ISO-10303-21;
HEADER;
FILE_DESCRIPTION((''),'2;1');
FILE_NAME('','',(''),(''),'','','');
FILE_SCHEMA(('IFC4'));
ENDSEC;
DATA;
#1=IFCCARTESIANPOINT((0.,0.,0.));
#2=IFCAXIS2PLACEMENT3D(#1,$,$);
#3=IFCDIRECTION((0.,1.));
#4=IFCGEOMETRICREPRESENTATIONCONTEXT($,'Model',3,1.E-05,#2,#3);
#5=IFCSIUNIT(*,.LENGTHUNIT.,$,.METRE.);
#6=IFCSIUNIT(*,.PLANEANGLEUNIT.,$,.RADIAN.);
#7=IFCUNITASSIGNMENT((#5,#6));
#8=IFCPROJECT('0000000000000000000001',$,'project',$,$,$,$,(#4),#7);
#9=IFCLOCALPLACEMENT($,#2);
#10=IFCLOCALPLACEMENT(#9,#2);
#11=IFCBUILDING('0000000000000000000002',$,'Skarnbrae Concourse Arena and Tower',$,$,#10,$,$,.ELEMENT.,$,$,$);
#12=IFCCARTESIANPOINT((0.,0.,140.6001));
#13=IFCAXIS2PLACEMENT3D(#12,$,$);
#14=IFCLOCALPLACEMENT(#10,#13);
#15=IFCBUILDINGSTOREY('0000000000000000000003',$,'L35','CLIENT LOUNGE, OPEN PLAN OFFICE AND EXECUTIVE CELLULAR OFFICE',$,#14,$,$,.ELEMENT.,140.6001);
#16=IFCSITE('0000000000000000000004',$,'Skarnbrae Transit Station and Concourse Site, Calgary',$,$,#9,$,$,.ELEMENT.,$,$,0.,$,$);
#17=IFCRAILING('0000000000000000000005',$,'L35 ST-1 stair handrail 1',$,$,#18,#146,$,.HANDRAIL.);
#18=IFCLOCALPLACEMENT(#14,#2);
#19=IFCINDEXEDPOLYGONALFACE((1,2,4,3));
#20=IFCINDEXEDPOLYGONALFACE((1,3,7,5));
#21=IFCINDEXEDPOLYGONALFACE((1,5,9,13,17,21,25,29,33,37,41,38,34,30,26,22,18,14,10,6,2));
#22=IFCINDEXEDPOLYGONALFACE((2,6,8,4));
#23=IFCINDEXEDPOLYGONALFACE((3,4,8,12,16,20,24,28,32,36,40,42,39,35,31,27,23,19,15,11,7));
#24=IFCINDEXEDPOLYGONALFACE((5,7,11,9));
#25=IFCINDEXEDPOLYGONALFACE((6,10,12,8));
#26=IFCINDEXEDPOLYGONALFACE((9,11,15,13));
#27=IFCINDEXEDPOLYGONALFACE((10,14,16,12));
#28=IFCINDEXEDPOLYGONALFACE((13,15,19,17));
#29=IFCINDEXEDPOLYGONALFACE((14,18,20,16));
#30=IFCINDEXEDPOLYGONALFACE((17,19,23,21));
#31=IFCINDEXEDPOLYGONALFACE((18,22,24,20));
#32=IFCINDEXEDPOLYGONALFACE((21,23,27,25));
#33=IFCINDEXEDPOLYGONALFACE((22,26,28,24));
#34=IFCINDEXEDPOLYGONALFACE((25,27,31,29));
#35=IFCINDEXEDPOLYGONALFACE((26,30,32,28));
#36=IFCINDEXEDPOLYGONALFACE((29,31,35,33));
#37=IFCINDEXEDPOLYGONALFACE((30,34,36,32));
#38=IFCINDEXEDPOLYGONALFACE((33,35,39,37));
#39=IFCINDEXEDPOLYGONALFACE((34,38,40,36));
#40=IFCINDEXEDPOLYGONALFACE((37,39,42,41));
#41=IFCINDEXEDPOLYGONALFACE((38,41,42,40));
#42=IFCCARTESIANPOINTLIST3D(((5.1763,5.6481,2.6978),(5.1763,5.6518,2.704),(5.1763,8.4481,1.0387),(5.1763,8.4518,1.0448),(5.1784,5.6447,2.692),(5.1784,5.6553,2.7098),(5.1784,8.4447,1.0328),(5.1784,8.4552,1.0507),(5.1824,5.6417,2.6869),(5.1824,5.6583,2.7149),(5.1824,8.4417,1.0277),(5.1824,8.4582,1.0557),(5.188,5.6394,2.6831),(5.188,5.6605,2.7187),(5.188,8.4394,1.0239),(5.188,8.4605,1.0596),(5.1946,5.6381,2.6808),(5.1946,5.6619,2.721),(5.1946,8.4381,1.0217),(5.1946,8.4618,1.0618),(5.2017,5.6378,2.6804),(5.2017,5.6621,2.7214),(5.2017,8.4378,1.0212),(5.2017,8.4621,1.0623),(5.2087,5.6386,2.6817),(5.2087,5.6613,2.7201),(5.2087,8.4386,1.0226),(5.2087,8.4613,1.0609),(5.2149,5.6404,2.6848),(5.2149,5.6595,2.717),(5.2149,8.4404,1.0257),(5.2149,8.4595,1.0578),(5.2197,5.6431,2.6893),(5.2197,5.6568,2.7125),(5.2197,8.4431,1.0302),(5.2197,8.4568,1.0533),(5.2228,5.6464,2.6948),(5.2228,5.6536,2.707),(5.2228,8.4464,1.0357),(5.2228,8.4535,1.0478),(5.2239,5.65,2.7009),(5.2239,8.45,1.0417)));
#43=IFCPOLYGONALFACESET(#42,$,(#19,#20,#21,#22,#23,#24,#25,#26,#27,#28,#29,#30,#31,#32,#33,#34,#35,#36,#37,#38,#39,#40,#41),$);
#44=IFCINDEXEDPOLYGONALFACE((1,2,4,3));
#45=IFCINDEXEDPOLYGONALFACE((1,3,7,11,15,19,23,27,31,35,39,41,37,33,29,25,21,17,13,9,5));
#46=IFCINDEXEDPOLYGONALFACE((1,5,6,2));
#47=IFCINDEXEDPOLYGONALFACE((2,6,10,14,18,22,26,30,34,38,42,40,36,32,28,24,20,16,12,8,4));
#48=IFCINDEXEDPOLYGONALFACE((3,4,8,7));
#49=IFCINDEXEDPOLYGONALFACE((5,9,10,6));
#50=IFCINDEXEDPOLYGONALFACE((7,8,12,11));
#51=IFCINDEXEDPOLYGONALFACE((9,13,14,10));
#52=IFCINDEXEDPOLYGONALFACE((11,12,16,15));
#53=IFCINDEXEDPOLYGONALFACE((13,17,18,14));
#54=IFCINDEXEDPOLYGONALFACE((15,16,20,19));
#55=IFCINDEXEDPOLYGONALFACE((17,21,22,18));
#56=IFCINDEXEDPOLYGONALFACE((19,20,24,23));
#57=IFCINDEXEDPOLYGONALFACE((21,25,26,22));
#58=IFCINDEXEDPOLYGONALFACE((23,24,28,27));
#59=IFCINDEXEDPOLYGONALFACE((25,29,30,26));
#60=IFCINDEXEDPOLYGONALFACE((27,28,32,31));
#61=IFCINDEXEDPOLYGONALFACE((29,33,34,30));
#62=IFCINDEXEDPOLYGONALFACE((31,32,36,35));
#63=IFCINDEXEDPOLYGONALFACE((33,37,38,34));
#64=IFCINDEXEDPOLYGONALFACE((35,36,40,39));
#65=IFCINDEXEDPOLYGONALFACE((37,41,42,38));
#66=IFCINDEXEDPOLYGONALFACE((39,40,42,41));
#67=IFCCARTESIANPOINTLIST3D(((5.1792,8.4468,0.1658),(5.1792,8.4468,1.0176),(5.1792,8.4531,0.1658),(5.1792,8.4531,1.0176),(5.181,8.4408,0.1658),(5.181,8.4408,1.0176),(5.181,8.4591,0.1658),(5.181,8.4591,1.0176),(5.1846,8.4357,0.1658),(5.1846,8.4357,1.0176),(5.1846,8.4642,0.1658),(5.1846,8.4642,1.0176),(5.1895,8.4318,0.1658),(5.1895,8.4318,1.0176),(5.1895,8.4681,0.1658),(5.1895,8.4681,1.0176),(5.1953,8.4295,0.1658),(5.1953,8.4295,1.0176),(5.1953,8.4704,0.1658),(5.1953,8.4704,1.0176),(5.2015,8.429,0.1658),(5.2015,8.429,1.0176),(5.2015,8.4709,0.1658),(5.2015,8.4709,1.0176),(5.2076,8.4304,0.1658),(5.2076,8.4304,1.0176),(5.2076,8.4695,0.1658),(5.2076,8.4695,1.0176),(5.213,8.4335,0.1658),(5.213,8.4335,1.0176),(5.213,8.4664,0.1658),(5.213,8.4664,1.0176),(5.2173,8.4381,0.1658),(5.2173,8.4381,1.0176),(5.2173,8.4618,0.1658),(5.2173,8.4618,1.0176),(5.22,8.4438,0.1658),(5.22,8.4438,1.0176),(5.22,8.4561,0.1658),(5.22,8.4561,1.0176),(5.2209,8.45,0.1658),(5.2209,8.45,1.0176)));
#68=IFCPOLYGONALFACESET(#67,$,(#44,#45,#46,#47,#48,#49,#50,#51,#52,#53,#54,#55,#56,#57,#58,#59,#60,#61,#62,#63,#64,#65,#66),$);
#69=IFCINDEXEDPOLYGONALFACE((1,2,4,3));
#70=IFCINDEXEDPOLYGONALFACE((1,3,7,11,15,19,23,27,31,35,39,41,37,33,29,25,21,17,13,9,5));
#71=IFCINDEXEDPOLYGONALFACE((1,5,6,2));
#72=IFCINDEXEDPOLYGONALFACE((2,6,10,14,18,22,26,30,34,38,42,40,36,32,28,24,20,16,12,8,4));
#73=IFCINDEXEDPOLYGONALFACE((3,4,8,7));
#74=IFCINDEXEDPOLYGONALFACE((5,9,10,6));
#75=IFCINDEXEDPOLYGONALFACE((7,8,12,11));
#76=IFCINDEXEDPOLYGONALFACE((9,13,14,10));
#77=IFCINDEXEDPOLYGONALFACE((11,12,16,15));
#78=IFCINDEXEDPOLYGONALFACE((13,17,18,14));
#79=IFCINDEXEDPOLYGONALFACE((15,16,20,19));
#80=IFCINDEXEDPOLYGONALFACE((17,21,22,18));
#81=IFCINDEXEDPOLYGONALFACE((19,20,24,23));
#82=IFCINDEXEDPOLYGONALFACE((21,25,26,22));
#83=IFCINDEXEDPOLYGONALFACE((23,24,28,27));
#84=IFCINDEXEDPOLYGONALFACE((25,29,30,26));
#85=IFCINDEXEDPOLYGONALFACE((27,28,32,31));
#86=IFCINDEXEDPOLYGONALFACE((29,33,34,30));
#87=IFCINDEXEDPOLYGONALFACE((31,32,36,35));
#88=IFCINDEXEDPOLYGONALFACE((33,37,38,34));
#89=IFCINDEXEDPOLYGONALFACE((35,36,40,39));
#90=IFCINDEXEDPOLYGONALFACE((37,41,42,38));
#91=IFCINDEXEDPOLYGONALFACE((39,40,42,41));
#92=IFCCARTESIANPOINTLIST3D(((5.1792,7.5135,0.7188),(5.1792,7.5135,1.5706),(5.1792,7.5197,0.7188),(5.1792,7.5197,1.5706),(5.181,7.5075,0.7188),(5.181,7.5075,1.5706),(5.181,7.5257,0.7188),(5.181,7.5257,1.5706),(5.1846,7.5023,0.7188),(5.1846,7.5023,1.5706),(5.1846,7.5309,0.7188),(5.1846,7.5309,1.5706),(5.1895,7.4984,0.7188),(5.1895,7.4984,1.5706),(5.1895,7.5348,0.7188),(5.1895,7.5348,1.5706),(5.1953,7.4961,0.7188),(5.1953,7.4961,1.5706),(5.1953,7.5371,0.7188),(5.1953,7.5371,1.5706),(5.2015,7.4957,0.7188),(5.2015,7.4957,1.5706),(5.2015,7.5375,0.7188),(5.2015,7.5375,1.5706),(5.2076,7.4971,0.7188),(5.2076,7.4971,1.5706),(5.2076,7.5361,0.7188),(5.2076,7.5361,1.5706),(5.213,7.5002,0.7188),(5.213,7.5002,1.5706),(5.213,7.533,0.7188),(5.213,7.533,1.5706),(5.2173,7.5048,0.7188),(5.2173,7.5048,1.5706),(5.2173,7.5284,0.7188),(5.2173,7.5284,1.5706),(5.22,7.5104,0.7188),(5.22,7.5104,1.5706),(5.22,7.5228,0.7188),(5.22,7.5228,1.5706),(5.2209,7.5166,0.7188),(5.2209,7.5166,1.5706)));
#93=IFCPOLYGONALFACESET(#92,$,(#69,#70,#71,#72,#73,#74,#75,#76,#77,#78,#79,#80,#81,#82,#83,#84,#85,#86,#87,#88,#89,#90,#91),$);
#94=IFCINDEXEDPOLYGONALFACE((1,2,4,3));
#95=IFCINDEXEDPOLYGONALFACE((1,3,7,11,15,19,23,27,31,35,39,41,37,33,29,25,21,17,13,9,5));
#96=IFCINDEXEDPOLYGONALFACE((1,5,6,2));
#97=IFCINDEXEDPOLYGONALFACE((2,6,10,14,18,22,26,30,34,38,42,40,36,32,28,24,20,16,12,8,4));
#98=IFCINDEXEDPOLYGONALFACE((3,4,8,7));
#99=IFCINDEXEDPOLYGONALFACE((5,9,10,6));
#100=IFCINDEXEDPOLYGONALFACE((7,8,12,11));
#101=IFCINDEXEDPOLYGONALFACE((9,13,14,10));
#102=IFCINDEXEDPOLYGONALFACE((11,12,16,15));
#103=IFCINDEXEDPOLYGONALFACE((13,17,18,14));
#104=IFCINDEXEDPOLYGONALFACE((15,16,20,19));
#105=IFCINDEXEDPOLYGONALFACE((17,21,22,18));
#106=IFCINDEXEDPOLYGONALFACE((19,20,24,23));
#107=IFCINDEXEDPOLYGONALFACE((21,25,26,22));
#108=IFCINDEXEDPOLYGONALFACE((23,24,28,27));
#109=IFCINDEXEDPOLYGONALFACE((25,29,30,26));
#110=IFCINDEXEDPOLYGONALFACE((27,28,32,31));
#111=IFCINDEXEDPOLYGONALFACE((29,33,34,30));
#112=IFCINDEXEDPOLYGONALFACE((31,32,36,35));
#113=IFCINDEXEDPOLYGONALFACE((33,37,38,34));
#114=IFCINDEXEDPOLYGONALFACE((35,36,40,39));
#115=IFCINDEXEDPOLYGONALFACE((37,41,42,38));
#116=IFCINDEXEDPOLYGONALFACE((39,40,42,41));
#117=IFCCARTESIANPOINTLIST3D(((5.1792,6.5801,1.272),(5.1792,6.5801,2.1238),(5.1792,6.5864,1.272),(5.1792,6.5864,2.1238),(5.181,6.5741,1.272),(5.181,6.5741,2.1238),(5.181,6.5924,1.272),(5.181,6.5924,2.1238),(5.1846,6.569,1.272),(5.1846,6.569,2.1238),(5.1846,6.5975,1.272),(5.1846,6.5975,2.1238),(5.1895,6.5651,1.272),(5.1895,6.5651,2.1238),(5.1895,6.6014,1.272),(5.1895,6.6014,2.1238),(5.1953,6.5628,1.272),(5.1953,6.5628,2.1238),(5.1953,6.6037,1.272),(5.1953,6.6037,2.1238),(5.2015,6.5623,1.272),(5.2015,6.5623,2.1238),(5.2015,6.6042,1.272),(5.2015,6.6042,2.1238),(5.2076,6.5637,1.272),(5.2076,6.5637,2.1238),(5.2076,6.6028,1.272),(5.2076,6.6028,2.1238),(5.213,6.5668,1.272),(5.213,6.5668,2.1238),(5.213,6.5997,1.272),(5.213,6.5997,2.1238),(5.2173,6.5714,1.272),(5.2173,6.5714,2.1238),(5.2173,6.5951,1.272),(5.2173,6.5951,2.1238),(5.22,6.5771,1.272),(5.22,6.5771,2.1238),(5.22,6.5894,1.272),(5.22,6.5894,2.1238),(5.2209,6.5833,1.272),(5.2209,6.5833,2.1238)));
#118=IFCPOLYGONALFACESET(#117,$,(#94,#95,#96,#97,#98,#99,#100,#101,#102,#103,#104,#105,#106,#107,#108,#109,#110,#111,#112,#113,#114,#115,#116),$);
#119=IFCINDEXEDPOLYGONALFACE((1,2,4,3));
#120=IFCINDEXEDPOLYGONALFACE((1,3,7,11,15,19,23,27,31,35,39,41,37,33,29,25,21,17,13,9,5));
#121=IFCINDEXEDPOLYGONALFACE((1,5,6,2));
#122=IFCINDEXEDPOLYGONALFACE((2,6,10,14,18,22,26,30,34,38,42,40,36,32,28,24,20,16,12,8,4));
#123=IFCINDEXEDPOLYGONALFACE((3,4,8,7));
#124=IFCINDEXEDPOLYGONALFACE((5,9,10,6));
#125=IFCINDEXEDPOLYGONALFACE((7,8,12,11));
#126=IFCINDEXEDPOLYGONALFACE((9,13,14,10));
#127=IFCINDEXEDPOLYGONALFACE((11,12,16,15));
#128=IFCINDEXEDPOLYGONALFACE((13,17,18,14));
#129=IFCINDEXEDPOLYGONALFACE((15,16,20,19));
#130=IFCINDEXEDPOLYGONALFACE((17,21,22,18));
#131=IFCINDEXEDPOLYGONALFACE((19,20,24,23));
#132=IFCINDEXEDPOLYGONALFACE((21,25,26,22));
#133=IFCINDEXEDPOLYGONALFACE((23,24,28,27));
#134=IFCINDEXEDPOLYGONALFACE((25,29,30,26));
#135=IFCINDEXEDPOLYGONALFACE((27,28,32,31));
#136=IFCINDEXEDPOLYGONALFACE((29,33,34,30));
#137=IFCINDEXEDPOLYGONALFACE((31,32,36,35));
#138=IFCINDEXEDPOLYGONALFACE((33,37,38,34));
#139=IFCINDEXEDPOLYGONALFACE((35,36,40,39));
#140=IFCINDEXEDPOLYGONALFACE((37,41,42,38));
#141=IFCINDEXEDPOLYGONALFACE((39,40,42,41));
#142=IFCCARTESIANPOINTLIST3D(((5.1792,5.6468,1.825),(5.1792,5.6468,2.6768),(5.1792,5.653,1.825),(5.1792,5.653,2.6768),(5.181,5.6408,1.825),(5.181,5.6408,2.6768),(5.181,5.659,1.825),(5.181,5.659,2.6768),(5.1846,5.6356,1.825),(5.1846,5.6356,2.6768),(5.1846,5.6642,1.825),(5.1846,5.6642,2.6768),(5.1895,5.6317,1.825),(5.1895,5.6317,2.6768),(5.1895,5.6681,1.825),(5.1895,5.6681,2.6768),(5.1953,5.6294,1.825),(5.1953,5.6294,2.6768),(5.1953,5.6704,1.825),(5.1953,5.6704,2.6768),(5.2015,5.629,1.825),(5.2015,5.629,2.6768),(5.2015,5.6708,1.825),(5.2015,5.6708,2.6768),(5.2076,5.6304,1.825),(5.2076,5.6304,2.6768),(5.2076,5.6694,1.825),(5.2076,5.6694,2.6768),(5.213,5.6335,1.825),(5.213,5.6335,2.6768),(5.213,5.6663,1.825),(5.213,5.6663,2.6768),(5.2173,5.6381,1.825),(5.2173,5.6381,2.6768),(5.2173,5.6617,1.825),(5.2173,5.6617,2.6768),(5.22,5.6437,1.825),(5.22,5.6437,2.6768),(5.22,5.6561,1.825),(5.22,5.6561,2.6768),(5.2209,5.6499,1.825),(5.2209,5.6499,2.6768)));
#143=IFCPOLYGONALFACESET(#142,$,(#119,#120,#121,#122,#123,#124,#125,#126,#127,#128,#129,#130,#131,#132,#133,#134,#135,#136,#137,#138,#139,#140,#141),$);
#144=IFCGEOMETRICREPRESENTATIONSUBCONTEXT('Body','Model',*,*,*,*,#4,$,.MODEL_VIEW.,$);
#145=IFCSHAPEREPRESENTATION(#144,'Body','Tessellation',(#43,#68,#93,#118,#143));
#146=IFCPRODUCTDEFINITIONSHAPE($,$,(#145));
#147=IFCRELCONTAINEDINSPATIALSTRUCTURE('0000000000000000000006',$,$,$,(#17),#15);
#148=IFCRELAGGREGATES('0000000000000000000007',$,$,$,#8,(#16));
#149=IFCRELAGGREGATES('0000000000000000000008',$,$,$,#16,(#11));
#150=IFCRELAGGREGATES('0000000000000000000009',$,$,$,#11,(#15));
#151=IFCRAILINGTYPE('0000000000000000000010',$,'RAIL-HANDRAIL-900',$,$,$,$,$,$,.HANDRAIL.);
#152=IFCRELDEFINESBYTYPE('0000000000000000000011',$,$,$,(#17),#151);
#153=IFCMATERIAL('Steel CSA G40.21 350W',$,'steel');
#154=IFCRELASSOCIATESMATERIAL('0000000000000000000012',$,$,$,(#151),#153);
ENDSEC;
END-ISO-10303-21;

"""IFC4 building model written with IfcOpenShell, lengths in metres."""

from ifc_helpers import new_model, si_unit, direction, frame, origin, origin_2d, place, context, subcontext, project, spatial, circle, extrude, material, type_object, element, save


model = new_model("IFC4")

# Units and contexts
model_context = context("Model", 3, precision=1e-05, world=origin(), true_north=direction((0.0, 1.0)))
body_context = subcontext(model_context, "Body", "Model", "MODEL_VIEW")
ifc_project = project(units=[si_unit("LENGTHUNIT", "METRE"), si_unit("PLANEANGLEUNIT", "RADIAN")], contexts=[model_context])

# Site, building, storey
site_placement = place(None, origin())
site = spatial("IfcSite", under=ifc_project, at=site_placement, Name="Skarnbrae Transit Station and Concourse Site, Calgary", CompositionType="ELEMENT", RefElevation=0.0)
building_placement = place(site_placement, origin())
building = spatial("IfcBuilding", under=site, at=building_placement, Name="Skarnbrae Concourse Arena and Tower", CompositionType="ELEMENT")
storey_placement = place(building_placement, frame((0.0, 0.0, 140.6001)))
storey = spatial("IfcBuildingStorey", under=building, at=storey_placement, Name="L35", Description="CLIENT LOUNGE, OPEN PLAN OFFICE AND EXECUTIVE CELLULAR OFFICE", CompositionType="ELEMENT", Elevation=140.6001)

# Railing
ifc_material_1 = material(Name="Steel CSA G40.21 350W", Category="steel")
railing_type_1 = type_object("IfcRailingType", Name="RAIL-HANDRAIL-900", PredefinedType="HANDRAIL", material=ifc_material_1)
railing_1_placement = place(storey_placement, frame((5.2, 8.45, 0.1658)))
element("IfcRailing", 1, at=railing_1_placement, inside=storey, type_object=railing_type_1, Name="L35 ST-1 stair handrail 1", PredefinedType="HANDRAIL", context=body_context, shape_type="SweptSolid", body=[
    extrude(circle(Radius=0.0239, at=origin_2d()), frame((0.0, 0.0, 0.876), z_axis=(0.0, -0.860306, 0.509778), x_axis=(1.0, 0.0, 0.0)), (0.0, 0.0, 1.0), 3.2546),
    extrude(circle(Radius=0.021, at=origin_2d()), origin(), (0.0, 0.0, 1.0), 0.8518),
    extrude(circle(Radius=0.021, at=origin_2d()), frame((0.0, -0.9333, 0.553)), (0.0, 0.0, 1.0), 0.8518),
    extrude(circle(Radius=0.021, at=origin_2d()), frame((0.0, -1.8667, 1.1062)), (0.0, 0.0, 1.0), 0.8518),
    extrude(circle(Radius=0.021, at=origin_2d()), frame((0.0, -2.8, 1.6592)), (0.0, 0.0, 1.0), 0.8518),
])

save(model, "model.ifc")
